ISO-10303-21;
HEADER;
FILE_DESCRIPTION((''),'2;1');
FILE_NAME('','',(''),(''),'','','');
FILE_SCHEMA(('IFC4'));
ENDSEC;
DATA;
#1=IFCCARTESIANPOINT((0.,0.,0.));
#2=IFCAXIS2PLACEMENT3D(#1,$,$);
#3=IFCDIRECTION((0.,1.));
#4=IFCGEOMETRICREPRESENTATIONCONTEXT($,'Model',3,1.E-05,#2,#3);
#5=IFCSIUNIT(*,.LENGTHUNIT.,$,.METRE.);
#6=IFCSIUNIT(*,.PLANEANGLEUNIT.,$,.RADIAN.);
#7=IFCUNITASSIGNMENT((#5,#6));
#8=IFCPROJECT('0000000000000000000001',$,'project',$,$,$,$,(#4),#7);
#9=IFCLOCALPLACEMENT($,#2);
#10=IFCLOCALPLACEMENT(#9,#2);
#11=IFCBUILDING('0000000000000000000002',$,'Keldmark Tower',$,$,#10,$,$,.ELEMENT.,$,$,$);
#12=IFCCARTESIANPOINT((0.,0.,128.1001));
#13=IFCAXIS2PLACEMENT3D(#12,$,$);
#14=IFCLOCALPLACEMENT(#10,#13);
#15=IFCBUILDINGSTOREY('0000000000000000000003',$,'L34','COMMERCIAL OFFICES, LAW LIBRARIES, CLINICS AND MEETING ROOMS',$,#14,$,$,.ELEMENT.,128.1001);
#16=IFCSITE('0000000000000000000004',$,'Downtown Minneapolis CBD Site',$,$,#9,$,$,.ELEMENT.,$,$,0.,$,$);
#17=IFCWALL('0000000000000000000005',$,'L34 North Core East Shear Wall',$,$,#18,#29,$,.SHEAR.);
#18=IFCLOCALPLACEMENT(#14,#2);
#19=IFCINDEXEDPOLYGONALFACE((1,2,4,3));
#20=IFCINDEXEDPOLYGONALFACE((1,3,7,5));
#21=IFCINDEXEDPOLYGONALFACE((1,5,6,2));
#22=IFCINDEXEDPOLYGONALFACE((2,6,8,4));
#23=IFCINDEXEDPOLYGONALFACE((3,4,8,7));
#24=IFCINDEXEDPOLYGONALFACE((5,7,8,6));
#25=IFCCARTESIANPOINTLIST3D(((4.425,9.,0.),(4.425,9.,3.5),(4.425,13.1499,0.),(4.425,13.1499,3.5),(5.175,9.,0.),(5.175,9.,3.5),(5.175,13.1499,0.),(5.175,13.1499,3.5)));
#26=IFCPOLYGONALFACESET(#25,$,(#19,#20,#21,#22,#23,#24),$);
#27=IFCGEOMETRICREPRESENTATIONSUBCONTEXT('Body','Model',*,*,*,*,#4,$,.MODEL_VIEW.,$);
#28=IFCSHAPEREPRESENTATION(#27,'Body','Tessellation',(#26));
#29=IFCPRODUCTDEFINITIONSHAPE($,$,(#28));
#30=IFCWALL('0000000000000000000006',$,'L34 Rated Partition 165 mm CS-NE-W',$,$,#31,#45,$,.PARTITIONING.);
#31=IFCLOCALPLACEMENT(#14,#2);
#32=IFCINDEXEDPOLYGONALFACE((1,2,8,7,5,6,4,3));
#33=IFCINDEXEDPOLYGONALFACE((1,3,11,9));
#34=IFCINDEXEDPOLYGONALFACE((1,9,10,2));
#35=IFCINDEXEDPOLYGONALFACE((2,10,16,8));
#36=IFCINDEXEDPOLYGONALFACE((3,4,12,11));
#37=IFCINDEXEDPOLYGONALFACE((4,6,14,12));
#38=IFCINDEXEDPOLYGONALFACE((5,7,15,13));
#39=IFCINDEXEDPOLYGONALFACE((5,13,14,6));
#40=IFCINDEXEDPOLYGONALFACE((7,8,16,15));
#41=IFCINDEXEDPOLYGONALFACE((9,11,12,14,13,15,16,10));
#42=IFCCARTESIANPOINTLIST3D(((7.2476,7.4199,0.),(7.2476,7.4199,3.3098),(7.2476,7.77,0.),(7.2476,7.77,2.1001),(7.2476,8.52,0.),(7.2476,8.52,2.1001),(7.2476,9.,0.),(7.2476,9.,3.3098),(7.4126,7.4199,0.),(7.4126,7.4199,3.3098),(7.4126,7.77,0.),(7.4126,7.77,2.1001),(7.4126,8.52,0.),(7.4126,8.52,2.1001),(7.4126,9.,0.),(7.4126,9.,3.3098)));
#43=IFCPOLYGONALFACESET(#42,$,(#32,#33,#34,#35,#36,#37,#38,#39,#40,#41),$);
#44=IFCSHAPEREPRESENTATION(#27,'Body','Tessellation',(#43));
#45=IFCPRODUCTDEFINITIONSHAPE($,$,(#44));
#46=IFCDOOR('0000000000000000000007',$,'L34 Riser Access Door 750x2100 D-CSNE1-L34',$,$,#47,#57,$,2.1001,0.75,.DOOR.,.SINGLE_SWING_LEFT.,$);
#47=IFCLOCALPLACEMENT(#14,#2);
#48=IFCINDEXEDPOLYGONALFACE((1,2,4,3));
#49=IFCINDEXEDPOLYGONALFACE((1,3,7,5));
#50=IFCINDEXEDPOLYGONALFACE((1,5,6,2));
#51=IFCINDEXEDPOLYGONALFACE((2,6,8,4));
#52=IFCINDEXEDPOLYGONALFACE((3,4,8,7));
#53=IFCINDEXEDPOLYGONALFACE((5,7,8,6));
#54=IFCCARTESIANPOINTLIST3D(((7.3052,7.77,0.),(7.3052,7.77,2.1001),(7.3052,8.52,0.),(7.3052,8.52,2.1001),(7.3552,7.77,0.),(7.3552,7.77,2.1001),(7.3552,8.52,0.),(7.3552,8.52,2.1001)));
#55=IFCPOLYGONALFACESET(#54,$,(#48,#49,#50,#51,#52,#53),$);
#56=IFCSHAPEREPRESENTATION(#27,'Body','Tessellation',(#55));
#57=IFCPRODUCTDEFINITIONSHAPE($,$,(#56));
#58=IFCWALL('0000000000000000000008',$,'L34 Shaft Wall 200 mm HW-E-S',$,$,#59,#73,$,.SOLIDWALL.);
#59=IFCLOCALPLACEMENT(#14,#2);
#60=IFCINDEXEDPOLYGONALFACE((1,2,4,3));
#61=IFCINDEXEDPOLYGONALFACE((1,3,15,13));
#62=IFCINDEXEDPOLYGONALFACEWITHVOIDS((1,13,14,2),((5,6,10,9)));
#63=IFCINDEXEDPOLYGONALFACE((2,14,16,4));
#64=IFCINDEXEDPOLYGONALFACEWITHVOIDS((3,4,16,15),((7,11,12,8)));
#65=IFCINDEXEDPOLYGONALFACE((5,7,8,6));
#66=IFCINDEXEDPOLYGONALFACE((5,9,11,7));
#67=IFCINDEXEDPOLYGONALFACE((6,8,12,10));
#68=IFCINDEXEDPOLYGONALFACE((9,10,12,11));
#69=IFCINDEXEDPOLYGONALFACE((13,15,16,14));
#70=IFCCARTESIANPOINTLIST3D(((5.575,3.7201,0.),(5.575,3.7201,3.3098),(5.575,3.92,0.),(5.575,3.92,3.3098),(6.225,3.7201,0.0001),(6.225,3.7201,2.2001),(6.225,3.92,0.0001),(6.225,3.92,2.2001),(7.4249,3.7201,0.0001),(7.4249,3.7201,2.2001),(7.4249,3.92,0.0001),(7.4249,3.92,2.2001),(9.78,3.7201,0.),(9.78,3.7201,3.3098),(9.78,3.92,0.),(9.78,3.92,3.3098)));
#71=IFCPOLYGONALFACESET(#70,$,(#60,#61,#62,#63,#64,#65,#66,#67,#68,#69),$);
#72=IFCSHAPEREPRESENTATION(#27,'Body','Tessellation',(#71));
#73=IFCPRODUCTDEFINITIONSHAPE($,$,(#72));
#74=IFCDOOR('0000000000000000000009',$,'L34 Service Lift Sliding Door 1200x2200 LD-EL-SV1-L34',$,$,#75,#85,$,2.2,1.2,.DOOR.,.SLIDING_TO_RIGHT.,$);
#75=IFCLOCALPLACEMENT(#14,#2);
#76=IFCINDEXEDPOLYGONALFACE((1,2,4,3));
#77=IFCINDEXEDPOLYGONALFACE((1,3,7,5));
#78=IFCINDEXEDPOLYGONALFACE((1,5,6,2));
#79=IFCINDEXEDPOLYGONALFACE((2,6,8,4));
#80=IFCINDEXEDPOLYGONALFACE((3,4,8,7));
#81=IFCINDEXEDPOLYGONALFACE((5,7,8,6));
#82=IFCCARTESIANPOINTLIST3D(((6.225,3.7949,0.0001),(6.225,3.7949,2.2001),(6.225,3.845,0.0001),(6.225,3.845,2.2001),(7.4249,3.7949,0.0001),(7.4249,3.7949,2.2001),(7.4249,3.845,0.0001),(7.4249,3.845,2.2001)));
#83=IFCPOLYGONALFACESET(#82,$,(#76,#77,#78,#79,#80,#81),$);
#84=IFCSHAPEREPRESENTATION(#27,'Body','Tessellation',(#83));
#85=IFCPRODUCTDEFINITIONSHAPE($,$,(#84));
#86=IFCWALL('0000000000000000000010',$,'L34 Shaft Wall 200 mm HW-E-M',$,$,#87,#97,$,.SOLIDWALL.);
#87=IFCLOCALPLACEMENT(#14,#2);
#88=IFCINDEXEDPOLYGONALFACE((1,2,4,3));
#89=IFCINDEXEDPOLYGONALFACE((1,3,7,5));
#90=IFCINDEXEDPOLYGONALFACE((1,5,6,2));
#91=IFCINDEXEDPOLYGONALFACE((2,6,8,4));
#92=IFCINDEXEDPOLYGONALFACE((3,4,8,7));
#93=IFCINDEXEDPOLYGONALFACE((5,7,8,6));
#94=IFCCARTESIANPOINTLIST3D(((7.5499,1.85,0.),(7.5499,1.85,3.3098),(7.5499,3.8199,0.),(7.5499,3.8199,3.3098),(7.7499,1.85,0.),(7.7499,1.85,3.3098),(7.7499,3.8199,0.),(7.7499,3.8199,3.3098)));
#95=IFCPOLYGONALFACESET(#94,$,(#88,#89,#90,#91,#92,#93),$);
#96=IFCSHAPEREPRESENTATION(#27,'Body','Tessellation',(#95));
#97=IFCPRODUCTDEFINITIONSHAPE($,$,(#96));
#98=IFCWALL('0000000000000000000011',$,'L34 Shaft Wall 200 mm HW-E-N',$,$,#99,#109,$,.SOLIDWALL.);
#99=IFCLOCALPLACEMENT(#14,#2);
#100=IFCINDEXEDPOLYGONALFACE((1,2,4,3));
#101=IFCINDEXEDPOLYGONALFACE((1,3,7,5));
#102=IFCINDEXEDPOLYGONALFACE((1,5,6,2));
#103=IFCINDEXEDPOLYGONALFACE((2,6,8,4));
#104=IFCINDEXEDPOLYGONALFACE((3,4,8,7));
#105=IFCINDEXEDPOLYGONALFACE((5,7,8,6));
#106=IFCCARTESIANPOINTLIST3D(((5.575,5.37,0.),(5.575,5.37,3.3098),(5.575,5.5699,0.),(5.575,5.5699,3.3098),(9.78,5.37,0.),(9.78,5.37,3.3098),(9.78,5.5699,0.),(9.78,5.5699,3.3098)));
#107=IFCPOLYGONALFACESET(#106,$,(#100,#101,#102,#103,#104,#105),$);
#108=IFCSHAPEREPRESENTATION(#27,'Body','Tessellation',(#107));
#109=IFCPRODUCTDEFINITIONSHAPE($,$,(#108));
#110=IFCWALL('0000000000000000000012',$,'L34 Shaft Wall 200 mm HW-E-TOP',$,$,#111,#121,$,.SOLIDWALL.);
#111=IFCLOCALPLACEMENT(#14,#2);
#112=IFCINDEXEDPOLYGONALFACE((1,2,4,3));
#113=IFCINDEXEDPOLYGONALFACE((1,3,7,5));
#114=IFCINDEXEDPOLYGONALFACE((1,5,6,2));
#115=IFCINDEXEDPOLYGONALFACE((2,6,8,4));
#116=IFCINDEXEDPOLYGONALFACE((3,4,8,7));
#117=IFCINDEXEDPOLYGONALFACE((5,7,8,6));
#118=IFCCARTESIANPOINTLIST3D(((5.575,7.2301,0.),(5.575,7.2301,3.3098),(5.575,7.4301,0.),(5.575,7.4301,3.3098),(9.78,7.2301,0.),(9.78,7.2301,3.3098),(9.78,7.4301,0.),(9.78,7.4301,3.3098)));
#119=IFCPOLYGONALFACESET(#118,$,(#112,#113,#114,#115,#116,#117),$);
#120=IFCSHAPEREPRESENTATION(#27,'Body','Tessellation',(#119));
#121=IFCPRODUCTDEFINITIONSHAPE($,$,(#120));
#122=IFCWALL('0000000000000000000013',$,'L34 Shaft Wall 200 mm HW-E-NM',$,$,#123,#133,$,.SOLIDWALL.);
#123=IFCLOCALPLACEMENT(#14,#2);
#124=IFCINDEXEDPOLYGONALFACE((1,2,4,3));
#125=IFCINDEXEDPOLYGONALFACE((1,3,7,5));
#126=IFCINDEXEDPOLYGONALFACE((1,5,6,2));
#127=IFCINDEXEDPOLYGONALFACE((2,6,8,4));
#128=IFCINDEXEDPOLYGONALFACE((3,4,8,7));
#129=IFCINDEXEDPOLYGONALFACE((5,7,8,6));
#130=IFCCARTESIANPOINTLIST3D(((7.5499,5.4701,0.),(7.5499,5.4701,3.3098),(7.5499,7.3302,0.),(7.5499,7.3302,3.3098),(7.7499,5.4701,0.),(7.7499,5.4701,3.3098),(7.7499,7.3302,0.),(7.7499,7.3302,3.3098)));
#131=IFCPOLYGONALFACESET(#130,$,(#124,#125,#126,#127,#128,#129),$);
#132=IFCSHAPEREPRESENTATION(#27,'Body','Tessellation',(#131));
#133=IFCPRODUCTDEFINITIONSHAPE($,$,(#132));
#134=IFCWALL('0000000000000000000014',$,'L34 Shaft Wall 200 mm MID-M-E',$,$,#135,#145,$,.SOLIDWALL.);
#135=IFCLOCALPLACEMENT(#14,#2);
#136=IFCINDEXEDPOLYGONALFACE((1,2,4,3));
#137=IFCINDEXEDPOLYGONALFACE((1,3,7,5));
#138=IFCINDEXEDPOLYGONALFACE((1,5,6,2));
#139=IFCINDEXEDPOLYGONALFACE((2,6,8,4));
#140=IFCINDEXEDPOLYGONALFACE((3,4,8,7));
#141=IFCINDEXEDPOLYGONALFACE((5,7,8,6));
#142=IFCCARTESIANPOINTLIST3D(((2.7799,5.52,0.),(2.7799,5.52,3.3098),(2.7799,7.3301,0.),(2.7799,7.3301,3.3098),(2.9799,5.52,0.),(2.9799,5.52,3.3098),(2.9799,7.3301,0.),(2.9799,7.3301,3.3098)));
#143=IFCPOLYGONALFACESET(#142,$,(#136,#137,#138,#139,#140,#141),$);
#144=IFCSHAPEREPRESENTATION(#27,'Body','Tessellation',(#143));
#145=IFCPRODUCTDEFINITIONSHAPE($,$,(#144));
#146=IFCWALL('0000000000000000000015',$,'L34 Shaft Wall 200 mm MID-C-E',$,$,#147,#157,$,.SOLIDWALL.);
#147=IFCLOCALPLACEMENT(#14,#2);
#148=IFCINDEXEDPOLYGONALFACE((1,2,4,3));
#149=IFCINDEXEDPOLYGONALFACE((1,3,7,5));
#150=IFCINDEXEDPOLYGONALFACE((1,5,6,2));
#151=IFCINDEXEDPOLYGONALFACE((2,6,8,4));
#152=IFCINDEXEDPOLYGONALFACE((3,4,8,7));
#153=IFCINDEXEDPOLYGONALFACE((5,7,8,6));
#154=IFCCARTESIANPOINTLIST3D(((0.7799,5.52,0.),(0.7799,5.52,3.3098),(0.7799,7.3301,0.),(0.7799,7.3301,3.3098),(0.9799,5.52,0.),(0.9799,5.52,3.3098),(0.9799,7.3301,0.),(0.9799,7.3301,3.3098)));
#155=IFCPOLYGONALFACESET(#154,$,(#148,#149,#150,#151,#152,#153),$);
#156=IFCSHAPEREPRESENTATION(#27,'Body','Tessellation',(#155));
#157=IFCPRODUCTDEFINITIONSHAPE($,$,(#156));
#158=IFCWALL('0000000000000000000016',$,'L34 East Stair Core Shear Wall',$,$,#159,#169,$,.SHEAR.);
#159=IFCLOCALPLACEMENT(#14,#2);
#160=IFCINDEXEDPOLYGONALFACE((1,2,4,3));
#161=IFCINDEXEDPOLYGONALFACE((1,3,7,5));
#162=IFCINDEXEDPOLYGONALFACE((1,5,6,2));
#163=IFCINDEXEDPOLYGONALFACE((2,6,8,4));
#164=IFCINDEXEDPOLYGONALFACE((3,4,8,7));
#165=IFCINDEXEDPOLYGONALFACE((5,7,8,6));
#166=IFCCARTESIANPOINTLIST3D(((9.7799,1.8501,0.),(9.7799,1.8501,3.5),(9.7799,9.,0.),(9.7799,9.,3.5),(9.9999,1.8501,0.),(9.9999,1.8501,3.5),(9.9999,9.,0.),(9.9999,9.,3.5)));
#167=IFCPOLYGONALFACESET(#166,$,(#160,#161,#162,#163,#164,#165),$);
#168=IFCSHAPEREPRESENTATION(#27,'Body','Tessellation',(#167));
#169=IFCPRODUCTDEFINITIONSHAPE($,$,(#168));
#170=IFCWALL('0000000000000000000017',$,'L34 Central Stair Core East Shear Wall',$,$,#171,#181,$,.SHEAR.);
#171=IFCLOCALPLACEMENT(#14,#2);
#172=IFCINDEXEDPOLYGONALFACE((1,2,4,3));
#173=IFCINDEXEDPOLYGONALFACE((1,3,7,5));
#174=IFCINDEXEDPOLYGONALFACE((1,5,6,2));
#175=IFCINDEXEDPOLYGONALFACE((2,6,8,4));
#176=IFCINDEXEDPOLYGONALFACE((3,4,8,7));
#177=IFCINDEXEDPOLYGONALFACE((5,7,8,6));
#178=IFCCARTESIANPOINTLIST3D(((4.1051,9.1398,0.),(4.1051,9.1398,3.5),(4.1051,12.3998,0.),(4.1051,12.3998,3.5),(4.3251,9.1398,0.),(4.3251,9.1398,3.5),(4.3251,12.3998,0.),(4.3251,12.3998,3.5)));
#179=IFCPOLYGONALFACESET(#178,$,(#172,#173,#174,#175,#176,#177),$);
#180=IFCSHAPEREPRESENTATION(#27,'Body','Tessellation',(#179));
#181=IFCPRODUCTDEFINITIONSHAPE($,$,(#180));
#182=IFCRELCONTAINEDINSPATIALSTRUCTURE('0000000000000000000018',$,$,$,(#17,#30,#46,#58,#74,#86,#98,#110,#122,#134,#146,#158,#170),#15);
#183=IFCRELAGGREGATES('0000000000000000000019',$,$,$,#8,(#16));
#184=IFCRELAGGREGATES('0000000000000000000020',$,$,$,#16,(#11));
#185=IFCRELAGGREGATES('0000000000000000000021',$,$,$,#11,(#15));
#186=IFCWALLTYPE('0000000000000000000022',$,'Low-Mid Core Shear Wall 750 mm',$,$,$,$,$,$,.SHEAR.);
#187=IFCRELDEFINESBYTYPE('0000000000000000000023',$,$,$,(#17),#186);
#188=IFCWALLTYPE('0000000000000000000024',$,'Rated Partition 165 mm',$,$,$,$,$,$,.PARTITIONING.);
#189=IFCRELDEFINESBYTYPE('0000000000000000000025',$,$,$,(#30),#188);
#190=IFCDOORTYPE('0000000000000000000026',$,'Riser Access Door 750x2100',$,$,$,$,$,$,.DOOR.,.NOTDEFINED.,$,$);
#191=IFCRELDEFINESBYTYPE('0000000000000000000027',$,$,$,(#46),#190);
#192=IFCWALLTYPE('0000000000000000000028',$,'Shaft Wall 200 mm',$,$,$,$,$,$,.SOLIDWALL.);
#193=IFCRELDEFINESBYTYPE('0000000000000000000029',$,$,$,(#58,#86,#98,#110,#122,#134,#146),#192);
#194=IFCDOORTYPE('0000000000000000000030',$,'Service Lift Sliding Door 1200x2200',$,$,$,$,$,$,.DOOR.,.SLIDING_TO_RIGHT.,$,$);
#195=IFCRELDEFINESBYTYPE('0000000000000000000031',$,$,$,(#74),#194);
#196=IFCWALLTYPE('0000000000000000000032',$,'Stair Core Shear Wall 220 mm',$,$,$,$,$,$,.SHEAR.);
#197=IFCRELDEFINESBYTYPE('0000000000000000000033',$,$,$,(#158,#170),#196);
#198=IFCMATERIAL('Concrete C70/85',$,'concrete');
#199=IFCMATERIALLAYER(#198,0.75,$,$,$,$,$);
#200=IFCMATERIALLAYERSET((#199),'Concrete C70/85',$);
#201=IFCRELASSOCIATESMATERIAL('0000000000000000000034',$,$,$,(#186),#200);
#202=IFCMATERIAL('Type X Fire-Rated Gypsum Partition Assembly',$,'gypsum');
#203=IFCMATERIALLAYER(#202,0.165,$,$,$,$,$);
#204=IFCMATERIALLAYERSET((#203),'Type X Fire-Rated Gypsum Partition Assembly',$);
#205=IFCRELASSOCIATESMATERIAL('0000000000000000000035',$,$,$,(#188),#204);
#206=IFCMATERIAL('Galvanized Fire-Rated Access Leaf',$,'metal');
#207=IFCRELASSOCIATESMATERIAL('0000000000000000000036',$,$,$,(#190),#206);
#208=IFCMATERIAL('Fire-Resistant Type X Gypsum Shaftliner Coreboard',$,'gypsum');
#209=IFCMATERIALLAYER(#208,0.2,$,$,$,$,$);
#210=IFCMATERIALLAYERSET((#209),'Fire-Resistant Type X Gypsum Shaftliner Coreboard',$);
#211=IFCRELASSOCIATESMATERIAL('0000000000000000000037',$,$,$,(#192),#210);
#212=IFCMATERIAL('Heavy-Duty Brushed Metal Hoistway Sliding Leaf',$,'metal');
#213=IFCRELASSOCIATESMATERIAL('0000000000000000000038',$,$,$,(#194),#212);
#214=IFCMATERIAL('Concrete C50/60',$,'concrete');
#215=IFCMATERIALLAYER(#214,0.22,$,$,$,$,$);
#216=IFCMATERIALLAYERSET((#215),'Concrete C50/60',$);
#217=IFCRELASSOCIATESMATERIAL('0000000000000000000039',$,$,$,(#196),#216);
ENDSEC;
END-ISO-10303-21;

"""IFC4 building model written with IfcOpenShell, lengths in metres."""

from ifc_helpers import new_model, si_unit, direction, frame, frame_2d, origin, place, context, subcontext, project, spatial, rectangle, extrude, material, layer, layer_set, type_object, element, fill, save


model = new_model("IFC4")

# Units and contexts
model_context = context("Model", 3, precision=1e-05, world=origin(), true_north=direction((0.0, 1.0)))
body_context = subcontext(model_context, "Body", "Model", "MODEL_VIEW")
ifc_project = project(units=[si_unit("LENGTHUNIT", "METRE"), si_unit("PLANEANGLEUNIT", "RADIAN")], contexts=[model_context])

# Site, building, storey
site_placement = place(None, origin())
site = spatial("IfcSite", under=ifc_project, at=site_placement, Name="Downtown Minneapolis CBD Site", CompositionType="ELEMENT", RefElevation=0.0)
building_placement = place(site_placement, origin())
building = spatial("IfcBuilding", under=site, at=building_placement, Name="Keldmark Tower", CompositionType="ELEMENT")
storey_placement = place(building_placement, frame((0.0, 0.0, 128.1001)))
storey = spatial("IfcBuildingStorey", under=building, at=storey_placement, Name="L34", Description="COMMERCIAL OFFICES, LAW LIBRARIES, CLINICS AND MEETING ROOMS", CompositionType="ELEMENT", Elevation=128.1001)

# Wall
ifc_material_1 = material(Name="Concrete C70/85", Category="concrete")
ifc_layer_1 = layer(ifc_material_1, 0.75)
ifc_layer_set_1 = layer_set([ifc_layer_1], Name="Concrete C70/85")
wall_type_1 = type_object("IfcWallType", Name="Low-Mid Core Shear Wall 750 mm", PredefinedType="SHEAR", material=ifc_layer_set_1)
wall_1_placement = place(storey_placement, frame((4.8, 9.0, 0.0), z_axis=(0.0, 0.0, 1.0), x_axis=(0.0, 1.0, 0.0)))
element("IfcWall", 1, at=wall_1_placement, inside=storey, type_object=wall_type_1, Name="L34 North Core East Shear Wall", PredefinedType="SHEAR", context=body_context, shape_type="SweptSolid", body=[
    extrude(rectangle(XDim=4.1499, YDim=0.75, at=frame_2d((2.075, 0.0))), origin(), (0.0, 0.0, 1.0), 3.5),
])

# Walls, openings, doors
ifc_material_2 = material(Name="Type X Fire-Rated Gypsum Partition Assembly", Category="gypsum")
ifc_layer_2 = layer(ifc_material_2, 0.165)
ifc_layer_set_2 = layer_set([ifc_layer_2], Name="Type X Fire-Rated Gypsum Partition Assembly")
wall_type_2 = type_object("IfcWallType", Name="Rated Partition 165 mm", PredefinedType="PARTITIONING", material=ifc_layer_set_2)
wall_2_placement = place(storey_placement, frame((7.3301, 7.4199, 0.0), z_axis=(0.0, 0.0, 1.0), x_axis=(0.0, 1.0, 0.0)))
wall_2 = element("IfcWall", 2, at=wall_2_placement, inside=storey, type_object=wall_type_2, Name="L34 Rated Partition 165 mm CS-NE-W", PredefinedType="PARTITIONING", context=body_context, shape_type="SweptSolid", body=[
    extrude(rectangle(XDim=1.5801, YDim=0.165, at=frame_2d((0.79, 0.0))), origin(), (0.0, 0.0, 1.0), 3.3098),
])
opening_1_placement = place(wall_2_placement, frame((0.3501, 0.0, 0.0)))
opening_1 = element("IfcOpeningElement", 3, at=opening_1_placement, cuts=wall_2, PredefinedType="OPENING", context=body_context, shape_type="SweptSolid", body=[
    extrude(rectangle(XDim=0.75, YDim=2.1001, at=frame_2d((0.375, 1.05))), frame((0.0, 0.0925, 0.0), z_axis=(0.0, -1.0, 0.0), x_axis=(1.0, 0.0, 0.0)), (0.0, 0.0, 1.0), 0.1851),
])
ifc_material_3 = material(Name="Galvanized Fire-Rated Access Leaf", Category="metal")
door_type_1 = type_object("IfcDoorType", Name="Riser Access Door 750x2100", OperationType="NOTDEFINED", PredefinedType="DOOR", material=ifc_material_3)
door_1_placement = place(opening_1_placement, origin())
door_1 = element("IfcDoor", 4, at=door_1_placement, inside=storey, type_object=door_type_1, Name="L34 Riser Access Door 750x2100 D-CSNE1-L34", OperationType="SINGLE_SWING_LEFT", OverallHeight=2.1001, OverallWidth=0.75, PredefinedType="DOOR", context=body_context, shape_type="SweptSolid", body=[
    extrude(rectangle(XDim=0.75, YDim=2.1001, at=frame_2d((0.375, 1.05))), frame((0.0, 0.0249, 0.0), z_axis=(0.0, -1.0, 0.0), x_axis=(1.0, 0.0, 0.0)), (0.0, 0.0, 1.0), 0.05),
])
fill(opening_1, door_1)
ifc_material_4 = material(Name="Fire-Resistant Type X Gypsum Shaftliner Coreboard", Category="gypsum")
ifc_layer_3 = layer(ifc_material_4, 0.2)
ifc_layer_set_3 = layer_set([ifc_layer_3], Name="Fire-Resistant Type X Gypsum Shaftliner Coreboard")
wall_type_3 = type_object("IfcWallType", Name="Shaft Wall 200 mm", PredefinedType="SOLIDWALL", material=ifc_layer_set_3)
wall_3_placement = place(storey_placement, frame((5.575, 3.8201, 0.0), z_axis=(0.0, 0.0, 1.0), x_axis=(1.0, 0.0, 0.0)))
wall_3 = element("IfcWall", 5, at=wall_3_placement, inside=storey, type_object=wall_type_3, Name="L34 Shaft Wall 200 mm HW-E-S", PredefinedType="SOLIDWALL", context=body_context, shape_type="SweptSolid", body=[
    extrude(rectangle(XDim=4.2051, YDim=0.2, at=frame_2d((2.1025, 0.0))), origin(), (0.0, 0.0, 1.0), 3.3098),
])
opening_2_placement = place(wall_3_placement, frame((0.6499, 0.0, 0.0)))
opening_2 = element("IfcOpeningElement", 6, at=opening_2_placement, cuts=wall_3, PredefinedType="OPENING", context=body_context, shape_type="SweptSolid", body=[
    extrude(rectangle(XDim=1.2, YDim=2.2, at=frame_2d((0.6001, 1.1001))), frame((0.0, 0.1099, 0.0), z_axis=(0.0, -1.0, 0.0), x_axis=(1.0, 0.0, 0.0)), (0.0, 0.0, 1.0), 0.22),
])
ifc_material_5 = material(Name="Heavy-Duty Brushed Metal Hoistway Sliding Leaf", Category="metal")
door_type_2 = type_object("IfcDoorType", Name="Service Lift Sliding Door 1200x2200", OperationType="SLIDING_TO_RIGHT", PredefinedType="DOOR", material=ifc_material_5)
door_2_placement = place(opening_2_placement, origin())
door_2 = element("IfcDoor", 7, at=door_2_placement, inside=storey, type_object=door_type_2, Name="L34 Service Lift Sliding Door 1200x2200 LD-EL-SV1-L34", OperationType="SLIDING_TO_RIGHT", OverallHeight=2.2, OverallWidth=1.2, PredefinedType="DOOR", context=body_context, shape_type="SweptSolid", body=[
    extrude(rectangle(XDim=1.2, YDim=2.2, at=frame_2d((0.6001, 1.1001))), frame((0.0, 0.0249, 0.0), z_axis=(0.0, -1.0, 0.0), x_axis=(1.0, 0.0, 0.0)), (0.0, 0.0, 1.0), 0.05),
])
fill(opening_2, door_2)

# Walls
wall_4_placement = place(storey_placement, frame((7.6499, 1.8501, 0.0), z_axis=(0.0, 0.0, 1.0), x_axis=(0.0, 1.0, 0.0)))
element("IfcWall", 8, at=wall_4_placement, inside=storey, type_object=wall_type_3, Name="L34 Shaft Wall 200 mm HW-E-M", PredefinedType="SOLIDWALL", context=body_context, shape_type="SweptSolid", body=[
    extrude(rectangle(XDim=1.97, YDim=0.2, at=frame_2d((0.9849, 0.0))), origin(), (0.0, 0.0, 1.0), 3.3098),
])
for number, where, z_axis, x_axis, name in (
    (9, (5.575, 5.47, 0.0), (0.0, 0.0, 1.0), (1.0, 0.0, 0.0), "L34 Shaft Wall 200 mm HW-E-N"),
    (10, (5.575, 7.3301, 0.0), (0.0, 0.0, 1.0), (1.0, 0.0, 0.0), "L34 Shaft Wall 200 mm HW-E-TOP"),
):
    element("IfcWall", number, at=place(storey_placement, frame(where, z_axis=z_axis, x_axis=x_axis)), inside=storey, type_object=wall_type_3, Name=name, PredefinedType="SOLIDWALL", context=body_context, shape_type="SweptSolid", body=[
        extrude(rectangle(XDim=4.2051, YDim=0.2, at=frame_2d((2.1025, 0.0))), origin(), (0.0, 0.0, 1.0), 3.3098),
    ])
wall_5_placement = place(storey_placement, frame((7.6499, 5.47, 0.0), z_axis=(0.0, 0.0, 1.0), x_axis=(0.0, 1.0, 0.0)))
element("IfcWall", 11, at=wall_5_placement, inside=storey, type_object=wall_type_3, Name="L34 Shaft Wall 200 mm HW-E-NM", PredefinedType="SOLIDWALL", context=body_context, shape_type="SweptSolid", body=[
    extrude(rectangle(XDim=1.8601, YDim=0.2, at=frame_2d((0.9302, 0.0))), origin(), (0.0, 0.0, 1.0), 3.3098),
])
for number, where, z_axis, x_axis, name in (
    (12, (2.8799, 5.52, 0.0), (0.0, 0.0, 1.0), (0.0, 1.0, 0.0), "L34 Shaft Wall 200 mm MID-M-E"),
    (13, (0.8799, 5.52, 0.0), (0.0, 0.0, 1.0), (0.0, 1.0, 0.0), "L34 Shaft Wall 200 mm MID-C-E"),
):
    element("IfcWall", number, at=place(storey_placement, frame(where, z_axis=z_axis, x_axis=x_axis)), inside=storey, type_object=wall_type_3, Name=name, PredefinedType="SOLIDWALL", context=body_context, shape_type="SweptSolid", body=[
        extrude(rectangle(XDim=1.8101, YDim=0.2, at=frame_2d((0.905, 0.0))), origin(), (0.0, 0.0, 1.0), 3.3098),
    ])
ifc_material_6 = material(Name="Concrete C50/60", Category="concrete")
ifc_layer_4 = layer(ifc_material_6, 0.22)
ifc_layer_set_4 = layer_set([ifc_layer_4], Name="Concrete C50/60")
wall_type_4 = type_object("IfcWallType", Name="Stair Core Shear Wall 220 mm", PredefinedType="SHEAR", material=ifc_layer_set_4)
wall_6_placement = place(storey_placement, frame((9.8899, 1.8501, 0.0), z_axis=(0.0, 0.0, 1.0), x_axis=(0.0, 1.0, 0.0)))
element("IfcWall", 14, at=wall_6_placement, inside=storey, type_object=wall_type_4, Name="L34 East Stair Core Shear Wall", PredefinedType="SHEAR", context=body_context, shape_type="SweptSolid", body=[
    extrude(rectangle(XDim=7.1499, YDim=0.22, at=frame_2d((3.575, 0.0))), origin(), (0.0, 0.0, 1.0), 3.5),
])
wall_7_placement = place(storey_placement, frame((4.2151, 9.1399, 0.0), z_axis=(0.0, 0.0, 1.0), x_axis=(0.0, 1.0, 0.0)))
element("IfcWall", 15, at=wall_7_placement, inside=storey, type_object=wall_type_4, Name="L34 Central Stair Core East Shear Wall", PredefinedType="SHEAR", context=body_context, shape_type="SweptSolid", body=[
    extrude(rectangle(XDim=3.26, YDim=0.22, at=frame_2d((1.6299, 0.0))), origin(), (0.0, 0.0, 1.0), 3.5),
])

save(model, "model.ifc")
